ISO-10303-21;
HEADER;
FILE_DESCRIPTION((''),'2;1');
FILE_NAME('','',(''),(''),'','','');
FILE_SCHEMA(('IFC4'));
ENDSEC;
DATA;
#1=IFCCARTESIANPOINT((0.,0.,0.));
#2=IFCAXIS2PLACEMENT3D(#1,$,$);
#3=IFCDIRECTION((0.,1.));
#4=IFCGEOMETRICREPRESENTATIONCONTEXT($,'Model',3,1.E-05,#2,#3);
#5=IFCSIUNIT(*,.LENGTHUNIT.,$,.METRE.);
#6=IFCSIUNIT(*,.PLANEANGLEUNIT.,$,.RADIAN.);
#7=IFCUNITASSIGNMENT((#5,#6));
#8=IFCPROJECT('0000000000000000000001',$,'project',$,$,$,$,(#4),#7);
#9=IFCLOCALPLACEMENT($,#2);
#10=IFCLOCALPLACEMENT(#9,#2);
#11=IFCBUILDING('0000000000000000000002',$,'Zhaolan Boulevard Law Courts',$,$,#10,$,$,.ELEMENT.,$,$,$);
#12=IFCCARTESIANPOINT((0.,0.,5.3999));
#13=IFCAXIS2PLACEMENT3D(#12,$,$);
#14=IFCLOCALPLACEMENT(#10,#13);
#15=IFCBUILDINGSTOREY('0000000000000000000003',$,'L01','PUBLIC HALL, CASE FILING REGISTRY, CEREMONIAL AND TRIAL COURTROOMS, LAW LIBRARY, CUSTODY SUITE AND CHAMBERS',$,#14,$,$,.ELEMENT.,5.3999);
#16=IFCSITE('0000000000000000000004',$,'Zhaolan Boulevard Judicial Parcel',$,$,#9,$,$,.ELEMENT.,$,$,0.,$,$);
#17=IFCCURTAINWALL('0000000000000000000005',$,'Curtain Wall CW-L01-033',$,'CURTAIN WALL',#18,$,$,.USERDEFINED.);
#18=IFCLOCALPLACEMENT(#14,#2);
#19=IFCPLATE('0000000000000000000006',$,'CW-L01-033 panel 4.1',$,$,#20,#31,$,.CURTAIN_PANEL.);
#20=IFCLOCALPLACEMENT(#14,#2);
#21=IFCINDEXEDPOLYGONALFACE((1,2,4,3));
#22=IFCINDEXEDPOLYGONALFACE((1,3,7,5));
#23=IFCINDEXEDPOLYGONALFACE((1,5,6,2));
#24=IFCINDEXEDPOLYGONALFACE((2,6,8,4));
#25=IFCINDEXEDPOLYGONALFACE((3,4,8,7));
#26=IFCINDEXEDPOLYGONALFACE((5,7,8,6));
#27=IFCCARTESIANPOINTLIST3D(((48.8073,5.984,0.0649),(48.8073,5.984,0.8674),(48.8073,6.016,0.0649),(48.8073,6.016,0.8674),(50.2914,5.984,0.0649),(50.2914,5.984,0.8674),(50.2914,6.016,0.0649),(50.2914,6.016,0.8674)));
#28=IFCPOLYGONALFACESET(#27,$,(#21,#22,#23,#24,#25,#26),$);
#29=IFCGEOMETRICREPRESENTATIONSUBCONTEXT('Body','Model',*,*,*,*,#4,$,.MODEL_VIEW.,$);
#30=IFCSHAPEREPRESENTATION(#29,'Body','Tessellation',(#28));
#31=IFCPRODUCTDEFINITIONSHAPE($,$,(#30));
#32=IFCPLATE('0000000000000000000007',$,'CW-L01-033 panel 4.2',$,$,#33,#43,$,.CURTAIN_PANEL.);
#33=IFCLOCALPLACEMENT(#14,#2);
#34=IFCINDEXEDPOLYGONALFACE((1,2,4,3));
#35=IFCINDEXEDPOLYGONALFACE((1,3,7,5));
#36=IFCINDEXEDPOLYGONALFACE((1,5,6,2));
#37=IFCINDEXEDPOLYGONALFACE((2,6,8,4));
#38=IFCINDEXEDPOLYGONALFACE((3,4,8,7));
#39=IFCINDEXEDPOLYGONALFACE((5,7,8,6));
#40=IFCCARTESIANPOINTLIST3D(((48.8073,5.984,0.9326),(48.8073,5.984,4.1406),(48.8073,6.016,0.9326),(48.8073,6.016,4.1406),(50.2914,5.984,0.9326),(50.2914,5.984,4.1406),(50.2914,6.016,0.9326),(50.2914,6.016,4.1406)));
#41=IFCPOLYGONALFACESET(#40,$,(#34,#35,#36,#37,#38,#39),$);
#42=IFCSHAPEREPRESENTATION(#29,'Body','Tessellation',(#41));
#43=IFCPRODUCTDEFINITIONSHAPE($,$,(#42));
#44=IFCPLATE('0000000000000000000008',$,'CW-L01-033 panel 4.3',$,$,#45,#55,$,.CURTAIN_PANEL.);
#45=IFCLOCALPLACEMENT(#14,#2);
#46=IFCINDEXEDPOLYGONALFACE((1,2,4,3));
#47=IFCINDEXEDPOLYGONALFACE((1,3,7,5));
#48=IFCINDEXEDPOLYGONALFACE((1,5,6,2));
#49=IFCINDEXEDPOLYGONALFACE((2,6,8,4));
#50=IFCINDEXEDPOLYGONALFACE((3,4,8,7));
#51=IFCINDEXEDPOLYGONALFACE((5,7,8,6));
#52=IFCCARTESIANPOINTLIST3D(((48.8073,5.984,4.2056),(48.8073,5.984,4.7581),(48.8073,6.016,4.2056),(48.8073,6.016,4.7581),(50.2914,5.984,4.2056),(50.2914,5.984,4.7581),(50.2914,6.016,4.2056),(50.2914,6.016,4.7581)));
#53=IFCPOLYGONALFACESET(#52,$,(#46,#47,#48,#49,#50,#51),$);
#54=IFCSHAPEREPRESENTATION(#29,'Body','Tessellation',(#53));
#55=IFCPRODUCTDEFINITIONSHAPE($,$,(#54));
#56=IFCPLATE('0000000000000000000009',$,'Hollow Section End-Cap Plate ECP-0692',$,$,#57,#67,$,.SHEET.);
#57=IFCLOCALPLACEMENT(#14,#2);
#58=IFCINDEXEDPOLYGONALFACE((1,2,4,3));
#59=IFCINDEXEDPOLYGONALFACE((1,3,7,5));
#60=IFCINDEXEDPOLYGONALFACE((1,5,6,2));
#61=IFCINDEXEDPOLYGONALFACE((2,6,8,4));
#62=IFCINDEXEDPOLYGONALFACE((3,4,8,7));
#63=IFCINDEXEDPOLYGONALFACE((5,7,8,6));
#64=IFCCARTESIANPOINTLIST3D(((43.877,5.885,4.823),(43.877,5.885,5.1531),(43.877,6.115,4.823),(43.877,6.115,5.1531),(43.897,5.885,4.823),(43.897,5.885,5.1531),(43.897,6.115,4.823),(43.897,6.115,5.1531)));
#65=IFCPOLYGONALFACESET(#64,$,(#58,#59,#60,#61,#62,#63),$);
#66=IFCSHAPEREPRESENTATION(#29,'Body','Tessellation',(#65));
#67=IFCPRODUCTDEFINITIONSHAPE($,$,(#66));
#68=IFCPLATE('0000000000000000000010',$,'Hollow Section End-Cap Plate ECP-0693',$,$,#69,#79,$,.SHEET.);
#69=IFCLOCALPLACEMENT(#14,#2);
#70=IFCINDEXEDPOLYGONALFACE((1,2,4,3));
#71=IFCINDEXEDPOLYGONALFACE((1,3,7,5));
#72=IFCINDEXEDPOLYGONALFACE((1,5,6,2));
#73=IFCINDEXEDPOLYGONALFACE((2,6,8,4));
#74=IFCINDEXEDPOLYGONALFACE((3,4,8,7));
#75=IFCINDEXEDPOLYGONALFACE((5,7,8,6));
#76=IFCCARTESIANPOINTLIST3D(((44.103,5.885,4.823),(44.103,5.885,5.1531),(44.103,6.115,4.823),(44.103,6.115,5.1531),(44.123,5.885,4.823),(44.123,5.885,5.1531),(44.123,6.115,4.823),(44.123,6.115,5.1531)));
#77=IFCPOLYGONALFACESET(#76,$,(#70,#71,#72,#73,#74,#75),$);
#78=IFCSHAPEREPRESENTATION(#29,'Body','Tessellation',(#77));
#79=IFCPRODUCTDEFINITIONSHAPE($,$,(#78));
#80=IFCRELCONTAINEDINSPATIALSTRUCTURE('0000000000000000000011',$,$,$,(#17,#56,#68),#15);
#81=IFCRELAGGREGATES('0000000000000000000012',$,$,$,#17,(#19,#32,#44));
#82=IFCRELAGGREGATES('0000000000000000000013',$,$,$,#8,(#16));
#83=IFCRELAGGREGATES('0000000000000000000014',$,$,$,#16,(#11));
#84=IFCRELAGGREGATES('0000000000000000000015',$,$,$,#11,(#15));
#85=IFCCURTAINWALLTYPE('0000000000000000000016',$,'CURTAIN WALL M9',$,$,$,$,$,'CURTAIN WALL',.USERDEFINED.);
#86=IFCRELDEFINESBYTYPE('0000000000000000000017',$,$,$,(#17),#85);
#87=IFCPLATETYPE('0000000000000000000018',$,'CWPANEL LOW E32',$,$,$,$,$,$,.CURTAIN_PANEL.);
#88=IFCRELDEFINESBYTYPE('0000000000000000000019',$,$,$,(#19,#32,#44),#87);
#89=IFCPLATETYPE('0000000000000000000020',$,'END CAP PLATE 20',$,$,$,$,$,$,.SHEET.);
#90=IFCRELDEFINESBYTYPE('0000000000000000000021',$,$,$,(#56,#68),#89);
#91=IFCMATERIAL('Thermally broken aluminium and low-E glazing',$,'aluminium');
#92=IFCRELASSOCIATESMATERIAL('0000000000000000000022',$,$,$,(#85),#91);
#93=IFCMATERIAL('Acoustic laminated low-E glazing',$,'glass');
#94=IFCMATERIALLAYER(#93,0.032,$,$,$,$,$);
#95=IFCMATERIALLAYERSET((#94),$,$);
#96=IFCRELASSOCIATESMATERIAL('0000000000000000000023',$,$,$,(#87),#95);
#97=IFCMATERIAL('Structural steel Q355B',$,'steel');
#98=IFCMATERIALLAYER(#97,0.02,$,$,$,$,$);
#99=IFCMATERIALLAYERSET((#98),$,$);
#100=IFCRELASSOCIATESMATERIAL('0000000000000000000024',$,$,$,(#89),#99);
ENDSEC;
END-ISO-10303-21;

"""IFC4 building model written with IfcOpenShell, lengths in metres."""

from ifc_helpers import new_model, si_unit, direction, frame, origin, origin_2d, place, context, subcontext, project, spatial, rectangle, extrude, material, layer, layer_set, type_object, element, aggregate, save


model = new_model("IFC4")

# Units and contexts
model_context = context("Model", 3, precision=1e-05, world=origin(), true_north=direction((0.0, 1.0)))
body_context = subcontext(model_context, "Body", "Model", "MODEL_VIEW")
ifc_project = project(units=[si_unit("LENGTHUNIT", "METRE"), si_unit("PLANEANGLEUNIT", "RADIAN")], contexts=[model_context])

# Site, building, storey
site_placement = place(None, origin())
site = spatial("IfcSite", under=ifc_project, at=site_placement, Name="Zhaolan Boulevard Judicial Parcel", CompositionType="ELEMENT", RefElevation=0.0)
building_placement = place(site_placement, origin())
building = spatial("IfcBuilding", under=site, at=building_placement, Name="Zhaolan Boulevard Law Courts", CompositionType="ELEMENT")
storey_placement = place(building_placement, frame((0.0, 0.0, 5.3999)))
storey = spatial("IfcBuildingStorey", under=building, at=storey_placement, Name="L01", Description="PUBLIC HALL, CASE FILING REGISTRY, CEREMONIAL AND TRIAL COURTROOMS, LAW LIBRARY, CUSTODY SUITE AND CHAMBERS", CompositionType="ELEMENT", Elevation=5.3999)

# Curtain wall
ifc_material_1 = material(Name="Thermally broken aluminium and low-E glazing", Category="aluminium")
curtain_wall_type_1 = type_object("IfcCurtainWallType", Name="CURTAIN WALL M9", ElementType="CURTAIN WALL", PredefinedType="USERDEFINED", material=ifc_material_1)
curtain_wall_1_placement = place(storey_placement, origin())
curtain_wall_1 = element("IfcCurtainWall", 1, at=curtain_wall_1_placement, inside=storey, type_object=curtain_wall_type_1, Name="Curtain Wall CW-L01-033", ObjectType="CURTAIN WALL", PredefinedType="USERDEFINED")

# Plates
ifc_material_2 = material(Name="Acoustic laminated low-E glazing", Category="glass")
ifc_layer_1 = layer(ifc_material_2, 0.032)
ifc_layer_set_1 = layer_set([ifc_layer_1])
plate_type_1 = type_object("IfcPlateType", Name="CWPANEL LOW E32", PredefinedType="CURTAIN_PANEL", material=ifc_layer_set_1)
plate_1_placement = place(storey_placement, frame((49.5493, 6.0, 0.0649), z_axis=(0.0, 0.0, 1.0), x_axis=(1.0, 0.0, 0.0)))
plate_1 = element("IfcPlate", 2, at=plate_1_placement, type_object=plate_type_1, Name="CW-L01-033 panel 4.1", PredefinedType="CURTAIN_PANEL", context=body_context, shape_type="SweptSolid", body=[
    extrude(rectangle(XDim=1.4841, YDim=0.032, at=origin_2d()), origin(), (0.0, 0.0, 1.0), 0.8025),
])
plate_2_placement = place(storey_placement, frame((49.5493, 6.0, 0.9326), z_axis=(0.0, 0.0, 1.0), x_axis=(1.0, 0.0, 0.0)))
plate_2 = element("IfcPlate", 3, at=plate_2_placement, type_object=plate_type_1, Name="CW-L01-033 panel 4.2", PredefinedType="CURTAIN_PANEL", context=body_context, shape_type="SweptSolid", body=[
    extrude(rectangle(XDim=1.4841, YDim=0.032, at=origin_2d()), origin(), (0.0, 0.0, 1.0), 3.208),
])
plate_3_placement = place(storey_placement, frame((49.5493, 6.0, 4.2056), z_axis=(0.0, 0.0, 1.0), x_axis=(1.0, 0.0, 0.0)))
plate_3 = element("IfcPlate", 4, at=plate_3_placement, type_object=plate_type_1, Name="CW-L01-033 panel 4.3", PredefinedType="CURTAIN_PANEL", context=body_context, shape_type="SweptSolid", body=[
    extrude(rectangle(XDim=1.4841, YDim=0.032, at=origin_2d()), origin(), (0.0, 0.0, 1.0), 0.5525),
])
aggregate(curtain_wall_1, [plate_1, plate_2, plate_3])

# Plates
ifc_material_3 = material(Name="Structural steel Q355B", Category="steel")
ifc_layer_2 = layer(ifc_material_3, 0.02)
ifc_layer_set_2 = layer_set([ifc_layer_2])
plate_type_2 = type_object("IfcPlateType", Name="END CAP PLATE 20", PredefinedType="SHEET", material=ifc_layer_set_2)
for number, where, z_axis, x_axis, name in (
    (5, (43.887, 6.0, 4.823), (0.0, 0.0, 1.0), (1.0, 0.0, 0.0), "Hollow Section End-Cap Plate ECP-0692"),
    (6, (44.113, 6.0, 4.823), (0.0, 0.0, 1.0), (1.0, 0.0, 0.0), "Hollow Section End-Cap Plate ECP-0693"),
):
    element("IfcPlate", number, at=place(storey_placement, frame(where, z_axis=z_axis, x_axis=x_axis)), inside=storey, type_object=plate_type_2, Name=name, PredefinedType="SHEET", context=body_context, shape_type="SweptSolid", body=[
        extrude(rectangle(XDim=0.02, YDim=0.23, at=origin_2d()), origin(), (0.0, 0.0, 1.0), 0.3301),
    ])

save(model, "model.ifc")
